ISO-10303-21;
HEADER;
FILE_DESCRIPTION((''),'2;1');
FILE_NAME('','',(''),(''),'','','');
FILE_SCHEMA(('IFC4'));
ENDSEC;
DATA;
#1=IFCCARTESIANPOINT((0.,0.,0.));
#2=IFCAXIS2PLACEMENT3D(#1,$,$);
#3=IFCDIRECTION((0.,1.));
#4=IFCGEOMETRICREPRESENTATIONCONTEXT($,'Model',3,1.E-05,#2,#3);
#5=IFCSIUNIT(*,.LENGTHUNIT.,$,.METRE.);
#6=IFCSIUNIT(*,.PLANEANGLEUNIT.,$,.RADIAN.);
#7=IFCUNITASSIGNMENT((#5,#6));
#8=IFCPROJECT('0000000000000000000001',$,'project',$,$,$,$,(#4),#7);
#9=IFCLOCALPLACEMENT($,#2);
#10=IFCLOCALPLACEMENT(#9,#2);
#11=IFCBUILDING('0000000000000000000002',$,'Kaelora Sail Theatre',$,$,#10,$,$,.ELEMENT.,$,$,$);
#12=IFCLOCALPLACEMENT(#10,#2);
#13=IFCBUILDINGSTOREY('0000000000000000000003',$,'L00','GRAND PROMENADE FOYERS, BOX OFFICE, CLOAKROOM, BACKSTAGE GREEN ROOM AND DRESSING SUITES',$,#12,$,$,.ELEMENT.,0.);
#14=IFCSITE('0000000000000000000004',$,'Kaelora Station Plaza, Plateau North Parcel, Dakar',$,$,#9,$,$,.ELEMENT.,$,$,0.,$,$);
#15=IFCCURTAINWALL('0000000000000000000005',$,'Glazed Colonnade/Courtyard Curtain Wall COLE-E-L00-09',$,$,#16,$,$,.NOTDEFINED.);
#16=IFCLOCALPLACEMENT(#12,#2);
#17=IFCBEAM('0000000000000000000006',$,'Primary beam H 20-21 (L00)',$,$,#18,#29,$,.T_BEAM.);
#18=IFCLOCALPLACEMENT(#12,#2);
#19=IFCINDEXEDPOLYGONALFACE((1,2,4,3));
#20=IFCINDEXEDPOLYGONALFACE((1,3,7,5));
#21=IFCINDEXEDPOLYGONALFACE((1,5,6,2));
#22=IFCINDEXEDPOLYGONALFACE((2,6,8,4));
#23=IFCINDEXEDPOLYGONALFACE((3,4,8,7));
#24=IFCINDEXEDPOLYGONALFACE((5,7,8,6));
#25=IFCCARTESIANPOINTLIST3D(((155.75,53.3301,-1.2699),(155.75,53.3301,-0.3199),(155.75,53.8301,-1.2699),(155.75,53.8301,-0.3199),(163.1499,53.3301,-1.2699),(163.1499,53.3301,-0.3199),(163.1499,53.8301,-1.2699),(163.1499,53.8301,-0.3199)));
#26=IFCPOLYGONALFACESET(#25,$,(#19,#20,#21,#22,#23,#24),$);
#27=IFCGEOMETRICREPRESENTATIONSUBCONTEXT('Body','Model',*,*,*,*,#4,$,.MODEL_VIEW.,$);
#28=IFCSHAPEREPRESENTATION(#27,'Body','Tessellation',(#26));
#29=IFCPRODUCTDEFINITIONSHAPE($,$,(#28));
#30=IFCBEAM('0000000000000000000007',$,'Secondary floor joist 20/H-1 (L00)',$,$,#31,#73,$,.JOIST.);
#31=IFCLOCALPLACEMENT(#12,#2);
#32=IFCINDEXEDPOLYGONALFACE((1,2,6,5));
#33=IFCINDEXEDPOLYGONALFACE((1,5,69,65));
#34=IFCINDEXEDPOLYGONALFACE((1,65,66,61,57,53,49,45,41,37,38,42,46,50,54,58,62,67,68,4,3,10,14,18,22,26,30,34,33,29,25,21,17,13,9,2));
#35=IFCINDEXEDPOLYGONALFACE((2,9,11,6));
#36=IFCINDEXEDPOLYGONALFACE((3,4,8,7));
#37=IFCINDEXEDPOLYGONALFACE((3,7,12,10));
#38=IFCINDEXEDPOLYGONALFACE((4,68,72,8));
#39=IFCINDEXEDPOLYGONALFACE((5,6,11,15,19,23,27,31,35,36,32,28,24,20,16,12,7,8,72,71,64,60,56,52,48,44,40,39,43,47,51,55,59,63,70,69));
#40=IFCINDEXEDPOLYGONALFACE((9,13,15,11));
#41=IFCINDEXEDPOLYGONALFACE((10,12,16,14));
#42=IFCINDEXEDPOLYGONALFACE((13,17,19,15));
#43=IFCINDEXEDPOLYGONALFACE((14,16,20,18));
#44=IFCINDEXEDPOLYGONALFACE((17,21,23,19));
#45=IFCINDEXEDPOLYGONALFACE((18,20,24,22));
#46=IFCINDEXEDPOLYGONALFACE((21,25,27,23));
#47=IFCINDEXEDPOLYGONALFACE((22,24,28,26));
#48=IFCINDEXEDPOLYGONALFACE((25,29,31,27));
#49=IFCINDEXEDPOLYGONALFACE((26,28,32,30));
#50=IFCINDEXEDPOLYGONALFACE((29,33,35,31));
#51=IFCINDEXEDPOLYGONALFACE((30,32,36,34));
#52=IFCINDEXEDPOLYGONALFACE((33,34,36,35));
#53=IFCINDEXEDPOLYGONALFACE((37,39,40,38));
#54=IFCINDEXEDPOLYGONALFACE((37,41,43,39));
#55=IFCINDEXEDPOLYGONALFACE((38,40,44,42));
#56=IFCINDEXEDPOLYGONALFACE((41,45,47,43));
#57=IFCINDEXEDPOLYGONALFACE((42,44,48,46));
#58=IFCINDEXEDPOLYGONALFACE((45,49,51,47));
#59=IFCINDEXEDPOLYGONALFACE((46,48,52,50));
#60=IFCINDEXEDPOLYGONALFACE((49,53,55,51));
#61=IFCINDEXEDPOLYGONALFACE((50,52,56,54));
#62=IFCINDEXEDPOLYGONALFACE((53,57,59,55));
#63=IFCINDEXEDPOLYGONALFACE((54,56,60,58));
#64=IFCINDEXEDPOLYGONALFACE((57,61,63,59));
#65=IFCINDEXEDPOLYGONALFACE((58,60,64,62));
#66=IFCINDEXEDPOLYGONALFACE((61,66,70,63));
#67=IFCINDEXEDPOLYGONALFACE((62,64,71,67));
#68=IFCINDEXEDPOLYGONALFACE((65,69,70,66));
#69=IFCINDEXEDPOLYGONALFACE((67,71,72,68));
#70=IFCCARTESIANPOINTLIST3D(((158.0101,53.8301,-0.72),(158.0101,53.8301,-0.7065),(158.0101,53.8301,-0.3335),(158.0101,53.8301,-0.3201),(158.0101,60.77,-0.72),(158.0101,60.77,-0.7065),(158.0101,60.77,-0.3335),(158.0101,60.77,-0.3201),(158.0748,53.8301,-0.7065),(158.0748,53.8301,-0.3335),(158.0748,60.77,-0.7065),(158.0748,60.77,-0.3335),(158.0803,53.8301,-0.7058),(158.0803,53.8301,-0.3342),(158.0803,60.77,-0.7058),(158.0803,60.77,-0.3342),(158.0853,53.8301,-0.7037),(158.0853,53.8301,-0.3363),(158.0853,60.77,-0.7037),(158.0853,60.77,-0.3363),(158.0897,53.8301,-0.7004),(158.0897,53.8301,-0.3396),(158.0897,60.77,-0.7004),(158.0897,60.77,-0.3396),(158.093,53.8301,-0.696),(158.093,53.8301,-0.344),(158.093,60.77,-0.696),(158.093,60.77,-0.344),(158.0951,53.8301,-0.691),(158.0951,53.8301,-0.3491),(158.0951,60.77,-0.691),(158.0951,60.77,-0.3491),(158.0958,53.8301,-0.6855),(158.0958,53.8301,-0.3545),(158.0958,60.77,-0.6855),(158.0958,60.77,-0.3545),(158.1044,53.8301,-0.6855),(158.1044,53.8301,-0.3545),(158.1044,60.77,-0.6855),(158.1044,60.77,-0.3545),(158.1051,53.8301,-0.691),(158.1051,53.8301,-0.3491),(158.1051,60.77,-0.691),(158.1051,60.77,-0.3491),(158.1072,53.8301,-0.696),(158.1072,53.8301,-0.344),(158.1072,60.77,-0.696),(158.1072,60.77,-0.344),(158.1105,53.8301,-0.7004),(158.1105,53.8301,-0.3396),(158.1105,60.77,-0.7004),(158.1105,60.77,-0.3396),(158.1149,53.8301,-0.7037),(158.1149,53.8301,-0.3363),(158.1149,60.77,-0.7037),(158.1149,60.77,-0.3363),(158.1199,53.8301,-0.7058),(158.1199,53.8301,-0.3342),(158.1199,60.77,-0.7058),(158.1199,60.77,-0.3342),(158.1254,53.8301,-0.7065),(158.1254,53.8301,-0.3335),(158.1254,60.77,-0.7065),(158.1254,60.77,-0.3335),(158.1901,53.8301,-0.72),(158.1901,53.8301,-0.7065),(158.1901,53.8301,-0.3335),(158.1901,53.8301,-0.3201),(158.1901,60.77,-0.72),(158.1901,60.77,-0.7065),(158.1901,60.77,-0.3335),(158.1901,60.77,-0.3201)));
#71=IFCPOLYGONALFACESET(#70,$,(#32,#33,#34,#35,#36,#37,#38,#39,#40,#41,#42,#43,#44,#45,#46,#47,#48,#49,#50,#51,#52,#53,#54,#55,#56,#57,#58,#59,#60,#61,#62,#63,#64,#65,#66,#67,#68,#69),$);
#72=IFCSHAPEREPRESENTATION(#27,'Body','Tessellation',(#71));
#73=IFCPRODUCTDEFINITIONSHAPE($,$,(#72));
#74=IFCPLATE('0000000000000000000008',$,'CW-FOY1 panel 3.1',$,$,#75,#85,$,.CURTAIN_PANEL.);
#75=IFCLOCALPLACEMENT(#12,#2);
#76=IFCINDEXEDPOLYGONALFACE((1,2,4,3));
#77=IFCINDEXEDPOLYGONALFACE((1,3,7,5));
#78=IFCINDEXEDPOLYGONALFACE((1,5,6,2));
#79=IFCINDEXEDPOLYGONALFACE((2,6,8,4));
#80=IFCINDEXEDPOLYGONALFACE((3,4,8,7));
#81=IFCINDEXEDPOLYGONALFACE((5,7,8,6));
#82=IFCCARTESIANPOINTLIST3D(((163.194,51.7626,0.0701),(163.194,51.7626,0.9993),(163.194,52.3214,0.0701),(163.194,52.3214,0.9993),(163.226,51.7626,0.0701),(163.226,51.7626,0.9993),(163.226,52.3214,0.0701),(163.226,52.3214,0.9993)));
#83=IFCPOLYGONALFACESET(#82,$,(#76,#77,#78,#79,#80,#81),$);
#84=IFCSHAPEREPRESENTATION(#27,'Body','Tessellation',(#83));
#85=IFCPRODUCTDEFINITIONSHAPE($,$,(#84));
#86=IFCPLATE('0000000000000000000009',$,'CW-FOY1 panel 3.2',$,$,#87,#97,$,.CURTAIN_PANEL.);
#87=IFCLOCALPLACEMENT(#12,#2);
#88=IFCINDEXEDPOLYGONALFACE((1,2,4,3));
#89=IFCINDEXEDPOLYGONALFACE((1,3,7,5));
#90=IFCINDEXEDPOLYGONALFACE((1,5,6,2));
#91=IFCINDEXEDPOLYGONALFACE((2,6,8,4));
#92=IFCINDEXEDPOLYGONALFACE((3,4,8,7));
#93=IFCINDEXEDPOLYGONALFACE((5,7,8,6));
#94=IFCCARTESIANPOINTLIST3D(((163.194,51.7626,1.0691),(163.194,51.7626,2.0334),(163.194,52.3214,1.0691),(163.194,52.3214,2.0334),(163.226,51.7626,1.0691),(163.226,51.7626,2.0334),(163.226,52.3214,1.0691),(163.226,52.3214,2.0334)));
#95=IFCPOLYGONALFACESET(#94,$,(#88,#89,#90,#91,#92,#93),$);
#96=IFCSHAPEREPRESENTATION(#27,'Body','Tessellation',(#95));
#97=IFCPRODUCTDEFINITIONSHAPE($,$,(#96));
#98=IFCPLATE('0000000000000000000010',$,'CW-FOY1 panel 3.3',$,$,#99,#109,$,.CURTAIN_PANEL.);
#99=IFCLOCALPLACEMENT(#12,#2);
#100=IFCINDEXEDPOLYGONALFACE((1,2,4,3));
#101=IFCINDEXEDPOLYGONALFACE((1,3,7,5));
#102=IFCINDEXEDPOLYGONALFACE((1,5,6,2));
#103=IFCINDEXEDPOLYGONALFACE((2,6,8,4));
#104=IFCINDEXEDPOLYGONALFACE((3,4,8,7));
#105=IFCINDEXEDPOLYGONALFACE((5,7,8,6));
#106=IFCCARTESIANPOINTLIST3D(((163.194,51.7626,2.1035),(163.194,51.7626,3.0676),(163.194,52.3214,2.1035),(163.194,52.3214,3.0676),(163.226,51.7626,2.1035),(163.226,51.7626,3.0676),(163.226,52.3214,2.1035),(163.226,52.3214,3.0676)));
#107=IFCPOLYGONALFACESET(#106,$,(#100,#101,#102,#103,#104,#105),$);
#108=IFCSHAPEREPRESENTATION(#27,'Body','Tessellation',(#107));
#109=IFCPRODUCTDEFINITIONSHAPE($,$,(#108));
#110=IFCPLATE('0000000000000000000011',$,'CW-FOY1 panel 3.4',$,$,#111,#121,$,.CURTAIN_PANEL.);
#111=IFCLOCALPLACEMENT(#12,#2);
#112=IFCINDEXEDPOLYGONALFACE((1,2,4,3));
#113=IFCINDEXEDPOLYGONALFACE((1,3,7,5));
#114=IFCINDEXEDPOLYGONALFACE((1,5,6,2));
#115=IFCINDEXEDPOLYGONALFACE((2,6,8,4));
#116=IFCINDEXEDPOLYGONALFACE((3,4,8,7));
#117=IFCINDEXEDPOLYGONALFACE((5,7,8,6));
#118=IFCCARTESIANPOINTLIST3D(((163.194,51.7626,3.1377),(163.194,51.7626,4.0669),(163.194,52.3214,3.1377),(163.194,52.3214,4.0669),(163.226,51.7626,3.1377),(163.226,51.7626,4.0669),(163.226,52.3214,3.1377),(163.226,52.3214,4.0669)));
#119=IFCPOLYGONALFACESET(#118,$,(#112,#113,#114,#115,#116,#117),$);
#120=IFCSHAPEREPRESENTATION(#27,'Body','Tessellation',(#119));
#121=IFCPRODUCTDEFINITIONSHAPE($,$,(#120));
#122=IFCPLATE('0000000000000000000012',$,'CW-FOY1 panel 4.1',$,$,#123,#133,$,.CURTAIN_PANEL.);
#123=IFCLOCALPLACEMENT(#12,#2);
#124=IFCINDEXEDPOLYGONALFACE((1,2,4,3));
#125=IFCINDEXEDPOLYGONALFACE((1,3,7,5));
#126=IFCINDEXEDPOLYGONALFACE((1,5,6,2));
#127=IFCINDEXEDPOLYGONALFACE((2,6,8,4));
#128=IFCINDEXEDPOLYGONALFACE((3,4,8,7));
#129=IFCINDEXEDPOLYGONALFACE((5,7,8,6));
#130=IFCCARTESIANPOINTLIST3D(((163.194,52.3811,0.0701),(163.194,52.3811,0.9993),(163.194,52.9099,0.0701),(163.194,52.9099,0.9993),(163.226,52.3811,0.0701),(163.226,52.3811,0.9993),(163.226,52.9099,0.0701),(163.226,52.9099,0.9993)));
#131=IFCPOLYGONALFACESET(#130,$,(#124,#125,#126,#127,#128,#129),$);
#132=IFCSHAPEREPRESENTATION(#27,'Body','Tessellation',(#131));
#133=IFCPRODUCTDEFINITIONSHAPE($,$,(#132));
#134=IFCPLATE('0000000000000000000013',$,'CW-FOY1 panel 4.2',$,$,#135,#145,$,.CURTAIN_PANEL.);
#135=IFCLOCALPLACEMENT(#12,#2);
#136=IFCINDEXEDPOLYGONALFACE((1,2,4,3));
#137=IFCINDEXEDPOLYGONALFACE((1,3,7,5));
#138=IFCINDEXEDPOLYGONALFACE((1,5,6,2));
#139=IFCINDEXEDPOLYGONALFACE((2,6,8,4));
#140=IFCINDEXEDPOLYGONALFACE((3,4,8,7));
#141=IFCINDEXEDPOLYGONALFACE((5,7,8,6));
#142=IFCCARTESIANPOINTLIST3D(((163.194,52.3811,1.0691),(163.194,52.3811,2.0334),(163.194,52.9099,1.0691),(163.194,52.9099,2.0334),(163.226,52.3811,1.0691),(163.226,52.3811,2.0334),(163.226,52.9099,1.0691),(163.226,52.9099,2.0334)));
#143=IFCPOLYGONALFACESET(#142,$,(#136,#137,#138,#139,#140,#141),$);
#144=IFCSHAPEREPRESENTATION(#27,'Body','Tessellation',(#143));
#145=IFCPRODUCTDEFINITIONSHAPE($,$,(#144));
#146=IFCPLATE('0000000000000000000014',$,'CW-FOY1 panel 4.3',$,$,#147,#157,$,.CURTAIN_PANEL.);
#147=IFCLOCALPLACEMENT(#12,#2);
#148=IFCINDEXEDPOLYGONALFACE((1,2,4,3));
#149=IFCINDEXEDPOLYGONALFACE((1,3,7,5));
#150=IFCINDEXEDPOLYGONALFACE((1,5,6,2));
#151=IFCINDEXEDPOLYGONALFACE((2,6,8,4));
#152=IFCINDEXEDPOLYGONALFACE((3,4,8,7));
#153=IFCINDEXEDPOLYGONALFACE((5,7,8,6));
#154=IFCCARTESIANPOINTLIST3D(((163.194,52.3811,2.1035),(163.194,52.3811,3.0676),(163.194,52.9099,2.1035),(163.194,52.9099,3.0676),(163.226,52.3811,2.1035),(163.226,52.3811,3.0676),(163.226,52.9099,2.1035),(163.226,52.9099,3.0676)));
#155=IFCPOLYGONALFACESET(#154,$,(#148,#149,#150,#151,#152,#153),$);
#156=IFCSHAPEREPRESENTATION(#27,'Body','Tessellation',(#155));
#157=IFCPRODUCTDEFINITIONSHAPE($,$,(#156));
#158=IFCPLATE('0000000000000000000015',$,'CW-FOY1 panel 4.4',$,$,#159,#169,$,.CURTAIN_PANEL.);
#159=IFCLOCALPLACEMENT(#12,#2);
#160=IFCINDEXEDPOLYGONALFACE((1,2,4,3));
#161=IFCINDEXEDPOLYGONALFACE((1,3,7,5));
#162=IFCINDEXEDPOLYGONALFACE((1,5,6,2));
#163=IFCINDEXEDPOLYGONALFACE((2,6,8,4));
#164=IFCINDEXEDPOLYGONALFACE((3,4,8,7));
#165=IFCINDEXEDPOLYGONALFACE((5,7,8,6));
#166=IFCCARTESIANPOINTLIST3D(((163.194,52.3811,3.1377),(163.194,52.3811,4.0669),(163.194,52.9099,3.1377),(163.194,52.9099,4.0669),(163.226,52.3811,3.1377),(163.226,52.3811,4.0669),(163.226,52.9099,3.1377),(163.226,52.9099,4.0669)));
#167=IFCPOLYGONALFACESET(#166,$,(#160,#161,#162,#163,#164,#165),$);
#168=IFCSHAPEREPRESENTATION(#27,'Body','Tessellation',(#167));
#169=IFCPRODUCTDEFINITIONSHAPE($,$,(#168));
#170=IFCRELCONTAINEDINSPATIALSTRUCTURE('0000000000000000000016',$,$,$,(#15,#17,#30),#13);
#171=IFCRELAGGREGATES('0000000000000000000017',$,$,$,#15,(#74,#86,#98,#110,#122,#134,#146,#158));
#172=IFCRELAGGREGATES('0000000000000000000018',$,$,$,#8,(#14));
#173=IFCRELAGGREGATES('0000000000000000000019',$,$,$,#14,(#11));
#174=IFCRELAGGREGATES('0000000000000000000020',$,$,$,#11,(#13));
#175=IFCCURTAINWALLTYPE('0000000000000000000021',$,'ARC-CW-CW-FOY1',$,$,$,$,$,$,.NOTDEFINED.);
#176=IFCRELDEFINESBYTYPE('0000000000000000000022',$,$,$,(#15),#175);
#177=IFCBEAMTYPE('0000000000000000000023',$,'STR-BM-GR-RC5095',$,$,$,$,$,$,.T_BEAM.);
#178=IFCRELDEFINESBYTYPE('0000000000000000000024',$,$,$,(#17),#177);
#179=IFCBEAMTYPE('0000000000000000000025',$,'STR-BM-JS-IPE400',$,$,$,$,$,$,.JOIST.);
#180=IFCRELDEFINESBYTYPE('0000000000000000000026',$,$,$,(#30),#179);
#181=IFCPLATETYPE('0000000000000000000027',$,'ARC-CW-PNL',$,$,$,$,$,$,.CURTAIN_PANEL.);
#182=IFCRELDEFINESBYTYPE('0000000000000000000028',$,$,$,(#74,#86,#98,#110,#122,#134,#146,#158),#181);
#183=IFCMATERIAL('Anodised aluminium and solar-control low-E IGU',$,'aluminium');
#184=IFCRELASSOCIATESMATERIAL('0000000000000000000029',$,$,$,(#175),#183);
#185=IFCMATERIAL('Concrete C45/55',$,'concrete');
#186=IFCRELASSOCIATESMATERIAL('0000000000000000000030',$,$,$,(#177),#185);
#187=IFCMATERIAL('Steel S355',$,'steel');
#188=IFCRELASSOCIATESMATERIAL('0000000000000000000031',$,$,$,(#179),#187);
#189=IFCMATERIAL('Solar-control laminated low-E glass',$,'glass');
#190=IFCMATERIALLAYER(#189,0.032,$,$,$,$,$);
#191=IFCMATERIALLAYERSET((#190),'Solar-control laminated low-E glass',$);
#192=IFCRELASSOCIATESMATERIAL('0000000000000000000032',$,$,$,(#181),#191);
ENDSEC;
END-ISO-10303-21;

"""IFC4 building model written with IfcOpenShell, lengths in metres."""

from ifc_helpers import new_model, si_unit, direction, frame, origin, origin_2d, place, context, subcontext, project, spatial, rectangle, i_section, extrude, material, layer, layer_set, material_profile, profile_set, type_object, element, aggregate, save


model = new_model("IFC4")

# Units and contexts
model_context = context("Model", 3, precision=1e-05, world=origin(), true_north=direction((0.0, 1.0)))
body_context = subcontext(model_context, "Body", "Model", "MODEL_VIEW")
ifc_project = project(units=[si_unit("LENGTHUNIT", "METRE"), si_unit("PLANEANGLEUNIT", "RADIAN")], contexts=[model_context])

# Site, building, storey
site_placement = place(None, origin())
site = spatial("IfcSite", under=ifc_project, at=site_placement, Name="Kaelora Station Plaza, Plateau North Parcel, Dakar", CompositionType="ELEMENT", RefElevation=0.0)
building_placement = place(site_placement, origin())
building = spatial("IfcBuilding", under=site, at=building_placement, Name="Kaelora Sail Theatre", CompositionType="ELEMENT")
storey_placement = place(building_placement, origin())
storey = spatial("IfcBuildingStorey", under=building, at=storey_placement, Name="L00", Description="GRAND PROMENADE FOYERS, BOX OFFICE, CLOAKROOM, BACKSTAGE GREEN ROOM AND DRESSING SUITES", CompositionType="ELEMENT", Elevation=0.0)

# Curtain wall
ifc_material_1 = material(Name="Anodised aluminium and solar-control low-E IGU", Category="aluminium")
curtain_wall_type = type_object("IfcCurtainWallType", Name="ARC-CW-CW-FOY1", PredefinedType="NOTDEFINED", material=ifc_material_1)
curtain_wall_placement = place(storey_placement, origin())
curtain_wall = element("IfcCurtainWall", 1, at=curtain_wall_placement, inside=storey, type_object=curtain_wall_type, Name="Glazed Colonnade/Courtyard Curtain Wall COLE-E-L00-09", PredefinedType="NOTDEFINED")

# Beams
ifc_material_2 = material(Name="Concrete C45/55", Category="concrete")
ifc_material_profile_1 = material_profile(ifc_material_2, rectangle(XDim=0.5, YDim=0.95, at=origin_2d()), Name="RC-GRD 500x950")
ifc_profile_set_1 = profile_set([ifc_material_profile_1], Name="Concrete C45/55")
beam_type_1 = type_object("IfcBeamType", Name="STR-BM-GR-RC5095", PredefinedType="T_BEAM", material=ifc_profile_set_1)
beam_1_placement = place(storey_placement, frame((155.75, 53.5801, -0.7949), z_axis=(1.0, 0.0, 0.0), x_axis=(0.0, 1.0, 0.0)))
element("IfcBeam", 2, at=beam_1_placement, inside=storey, type_object=beam_type_1, Name="Primary beam H 20-21 (L00)", PredefinedType="T_BEAM", context=body_context, shape_type="SweptSolid", body=[
    extrude(rectangle(XDim=0.5, YDim=0.95, at=origin_2d()), origin(), (0.0, 0.0, 1.0), 7.3999),
])
ifc_material_3 = material(Name="Steel S355", Category="steel")
ifc_material_profile_2 = material_profile(ifc_material_3, i_section(OverallWidth=0.1799, OverallDepth=0.3999, WebThickness=0.0085, FlangeThickness=0.0134, FilletRadius=0.021, at=origin_2d()), Name="IPE 400")
ifc_profile_set_2 = profile_set([ifc_material_profile_2], Name="Steel S355")
beam_type_2 = type_object("IfcBeamType", Name="STR-BM-JS-IPE400", PredefinedType="JOIST", material=ifc_profile_set_2)
beam_2_placement = place(storey_placement, frame((158.1001, 53.8301, -0.52), z_axis=(0.0, 1.0, 0.0), x_axis=(-1.0, 0.0, 0.0)))
element("IfcBeam", 3, at=beam_2_placement, inside=storey, type_object=beam_type_2, Name="Secondary floor joist 20/H-1 (L00)", PredefinedType="JOIST", context=body_context, shape_type="SweptSolid", body=[
    extrude(i_section(OverallWidth=0.1799, OverallDepth=0.3999, WebThickness=0.0085, FlangeThickness=0.0134, FilletRadius=0.021, at=origin_2d()), origin(), (0.0, 0.0, 1.0), 6.9399),
])

# Plates
ifc_material_4 = material(Name="Solar-control laminated low-E glass", Category="glass")
ifc_layer_1 = layer(ifc_material_4, 0.032)
ifc_layer_set_1 = layer_set([ifc_layer_1], Name="Solar-control laminated low-E glass")
plate_type = type_object("IfcPlateType", Name="ARC-CW-PNL", PredefinedType="CURTAIN_PANEL", material=ifc_layer_set_1)
plate_1_placement = place(storey_placement, frame((163.21, 52.042, 0.0701), z_axis=(0.0, 0.0, 1.0), x_axis=(0.0, 1.0, 0.0)))
plate_1 = element("IfcPlate", 4, at=plate_1_placement, type_object=plate_type, Name="CW-FOY1 panel 3.1", PredefinedType="CURTAIN_PANEL", context=body_context, shape_type="SweptSolid", body=[
    extrude(rectangle(XDim=0.5588, YDim=0.032, at=origin_2d()), origin(), (0.0, 0.0, 1.0), 0.9292),
])
plate_2_placement = place(storey_placement, frame((163.21, 52.042, 1.0691), z_axis=(0.0, 0.0, 1.0), x_axis=(0.0, 1.0, 0.0)))
plate_2 = element("IfcPlate", 5, at=plate_2_placement, type_object=plate_type, Name="CW-FOY1 panel 3.2", PredefinedType="CURTAIN_PANEL", context=body_context, shape_type="SweptSolid", body=[
    extrude(rectangle(XDim=0.5588, YDim=0.032, at=origin_2d()), origin(), (0.0, 0.0, 1.0), 0.9644),
])
plate_3_placement = place(storey_placement, frame((163.21, 52.042, 2.1035), z_axis=(0.0, 0.0, 1.0), x_axis=(0.0, 1.0, 0.0)))
plate_3 = element("IfcPlate", 6, at=plate_3_placement, type_object=plate_type, Name="CW-FOY1 panel 3.3", PredefinedType="CURTAIN_PANEL", context=body_context, shape_type="SweptSolid", body=[
    extrude(rectangle(XDim=0.5588, YDim=0.032, at=origin_2d()), origin(), (0.0, 0.0, 1.0), 0.9641),
])
plate_4_placement = place(storey_placement, frame((163.21, 52.042, 3.1377), z_axis=(0.0, 0.0, 1.0), x_axis=(0.0, 1.0, 0.0)))
plate_4 = element("IfcPlate", 7, at=plate_4_placement, type_object=plate_type, Name="CW-FOY1 panel 3.4", PredefinedType="CURTAIN_PANEL", context=body_context, shape_type="SweptSolid", body=[
    extrude(rectangle(XDim=0.5588, YDim=0.032, at=origin_2d()), origin(), (0.0, 0.0, 1.0), 0.9292),
])
plate_5_placement = place(storey_placement, frame((163.21, 52.6455, 0.0701), z_axis=(0.0, 0.0, 1.0), x_axis=(0.0, 1.0, 0.0)))
plate_5 = element("IfcPlate", 8, at=plate_5_placement, type_object=plate_type, Name="CW-FOY1 panel 4.1", PredefinedType="CURTAIN_PANEL", context=body_context, shape_type="SweptSolid", body=[
    extrude(rectangle(XDim=0.5288, YDim=0.032, at=origin_2d()), origin(), (0.0, 0.0, 1.0), 0.9292),
])
plate_6_placement = place(storey_placement, frame((163.21, 52.6455, 1.0691), z_axis=(0.0, 0.0, 1.0), x_axis=(0.0, 1.0, 0.0)))
plate_6 = element("IfcPlate", 9, at=plate_6_placement, type_object=plate_type, Name="CW-FOY1 panel 4.2", PredefinedType="CURTAIN_PANEL", context=body_context, shape_type="SweptSolid", body=[
    extrude(rectangle(XDim=0.5288, YDim=0.032, at=origin_2d()), origin(), (0.0, 0.0, 1.0), 0.9644),
])
plate_7_placement = place(storey_placement, frame((163.21, 52.6455, 2.1035), z_axis=(0.0, 0.0, 1.0), x_axis=(0.0, 1.0, 0.0)))
plate_7 = element("IfcPlate", 10, at=plate_7_placement, type_object=plate_type, Name="CW-FOY1 panel 4.3", PredefinedType="CURTAIN_PANEL", context=body_context, shape_type="SweptSolid", body=[
    extrude(rectangle(XDim=0.5288, YDim=0.032, at=origin_2d()), origin(), (0.0, 0.0, 1.0), 0.9641),
])
plate_8_placement = place(storey_placement, frame((163.21, 52.6455, 3.1377), z_axis=(0.0, 0.0, 1.0), x_axis=(0.0, 1.0, 0.0)))
plate_8 = element("IfcPlate", 11, at=plate_8_placement, type_object=plate_type, Name="CW-FOY1 panel 4.4", PredefinedType="CURTAIN_PANEL", context=body_context, shape_type="SweptSolid", body=[
    extrude(rectangle(XDim=0.5288, YDim=0.032, at=origin_2d()), origin(), (0.0, 0.0, 1.0), 0.9292),
])
aggregate(curtain_wall, [plate_1, plate_2, plate_3, plate_4, plate_5, plate_6, plate_7, plate_8])

save(model, "model.ifc")
